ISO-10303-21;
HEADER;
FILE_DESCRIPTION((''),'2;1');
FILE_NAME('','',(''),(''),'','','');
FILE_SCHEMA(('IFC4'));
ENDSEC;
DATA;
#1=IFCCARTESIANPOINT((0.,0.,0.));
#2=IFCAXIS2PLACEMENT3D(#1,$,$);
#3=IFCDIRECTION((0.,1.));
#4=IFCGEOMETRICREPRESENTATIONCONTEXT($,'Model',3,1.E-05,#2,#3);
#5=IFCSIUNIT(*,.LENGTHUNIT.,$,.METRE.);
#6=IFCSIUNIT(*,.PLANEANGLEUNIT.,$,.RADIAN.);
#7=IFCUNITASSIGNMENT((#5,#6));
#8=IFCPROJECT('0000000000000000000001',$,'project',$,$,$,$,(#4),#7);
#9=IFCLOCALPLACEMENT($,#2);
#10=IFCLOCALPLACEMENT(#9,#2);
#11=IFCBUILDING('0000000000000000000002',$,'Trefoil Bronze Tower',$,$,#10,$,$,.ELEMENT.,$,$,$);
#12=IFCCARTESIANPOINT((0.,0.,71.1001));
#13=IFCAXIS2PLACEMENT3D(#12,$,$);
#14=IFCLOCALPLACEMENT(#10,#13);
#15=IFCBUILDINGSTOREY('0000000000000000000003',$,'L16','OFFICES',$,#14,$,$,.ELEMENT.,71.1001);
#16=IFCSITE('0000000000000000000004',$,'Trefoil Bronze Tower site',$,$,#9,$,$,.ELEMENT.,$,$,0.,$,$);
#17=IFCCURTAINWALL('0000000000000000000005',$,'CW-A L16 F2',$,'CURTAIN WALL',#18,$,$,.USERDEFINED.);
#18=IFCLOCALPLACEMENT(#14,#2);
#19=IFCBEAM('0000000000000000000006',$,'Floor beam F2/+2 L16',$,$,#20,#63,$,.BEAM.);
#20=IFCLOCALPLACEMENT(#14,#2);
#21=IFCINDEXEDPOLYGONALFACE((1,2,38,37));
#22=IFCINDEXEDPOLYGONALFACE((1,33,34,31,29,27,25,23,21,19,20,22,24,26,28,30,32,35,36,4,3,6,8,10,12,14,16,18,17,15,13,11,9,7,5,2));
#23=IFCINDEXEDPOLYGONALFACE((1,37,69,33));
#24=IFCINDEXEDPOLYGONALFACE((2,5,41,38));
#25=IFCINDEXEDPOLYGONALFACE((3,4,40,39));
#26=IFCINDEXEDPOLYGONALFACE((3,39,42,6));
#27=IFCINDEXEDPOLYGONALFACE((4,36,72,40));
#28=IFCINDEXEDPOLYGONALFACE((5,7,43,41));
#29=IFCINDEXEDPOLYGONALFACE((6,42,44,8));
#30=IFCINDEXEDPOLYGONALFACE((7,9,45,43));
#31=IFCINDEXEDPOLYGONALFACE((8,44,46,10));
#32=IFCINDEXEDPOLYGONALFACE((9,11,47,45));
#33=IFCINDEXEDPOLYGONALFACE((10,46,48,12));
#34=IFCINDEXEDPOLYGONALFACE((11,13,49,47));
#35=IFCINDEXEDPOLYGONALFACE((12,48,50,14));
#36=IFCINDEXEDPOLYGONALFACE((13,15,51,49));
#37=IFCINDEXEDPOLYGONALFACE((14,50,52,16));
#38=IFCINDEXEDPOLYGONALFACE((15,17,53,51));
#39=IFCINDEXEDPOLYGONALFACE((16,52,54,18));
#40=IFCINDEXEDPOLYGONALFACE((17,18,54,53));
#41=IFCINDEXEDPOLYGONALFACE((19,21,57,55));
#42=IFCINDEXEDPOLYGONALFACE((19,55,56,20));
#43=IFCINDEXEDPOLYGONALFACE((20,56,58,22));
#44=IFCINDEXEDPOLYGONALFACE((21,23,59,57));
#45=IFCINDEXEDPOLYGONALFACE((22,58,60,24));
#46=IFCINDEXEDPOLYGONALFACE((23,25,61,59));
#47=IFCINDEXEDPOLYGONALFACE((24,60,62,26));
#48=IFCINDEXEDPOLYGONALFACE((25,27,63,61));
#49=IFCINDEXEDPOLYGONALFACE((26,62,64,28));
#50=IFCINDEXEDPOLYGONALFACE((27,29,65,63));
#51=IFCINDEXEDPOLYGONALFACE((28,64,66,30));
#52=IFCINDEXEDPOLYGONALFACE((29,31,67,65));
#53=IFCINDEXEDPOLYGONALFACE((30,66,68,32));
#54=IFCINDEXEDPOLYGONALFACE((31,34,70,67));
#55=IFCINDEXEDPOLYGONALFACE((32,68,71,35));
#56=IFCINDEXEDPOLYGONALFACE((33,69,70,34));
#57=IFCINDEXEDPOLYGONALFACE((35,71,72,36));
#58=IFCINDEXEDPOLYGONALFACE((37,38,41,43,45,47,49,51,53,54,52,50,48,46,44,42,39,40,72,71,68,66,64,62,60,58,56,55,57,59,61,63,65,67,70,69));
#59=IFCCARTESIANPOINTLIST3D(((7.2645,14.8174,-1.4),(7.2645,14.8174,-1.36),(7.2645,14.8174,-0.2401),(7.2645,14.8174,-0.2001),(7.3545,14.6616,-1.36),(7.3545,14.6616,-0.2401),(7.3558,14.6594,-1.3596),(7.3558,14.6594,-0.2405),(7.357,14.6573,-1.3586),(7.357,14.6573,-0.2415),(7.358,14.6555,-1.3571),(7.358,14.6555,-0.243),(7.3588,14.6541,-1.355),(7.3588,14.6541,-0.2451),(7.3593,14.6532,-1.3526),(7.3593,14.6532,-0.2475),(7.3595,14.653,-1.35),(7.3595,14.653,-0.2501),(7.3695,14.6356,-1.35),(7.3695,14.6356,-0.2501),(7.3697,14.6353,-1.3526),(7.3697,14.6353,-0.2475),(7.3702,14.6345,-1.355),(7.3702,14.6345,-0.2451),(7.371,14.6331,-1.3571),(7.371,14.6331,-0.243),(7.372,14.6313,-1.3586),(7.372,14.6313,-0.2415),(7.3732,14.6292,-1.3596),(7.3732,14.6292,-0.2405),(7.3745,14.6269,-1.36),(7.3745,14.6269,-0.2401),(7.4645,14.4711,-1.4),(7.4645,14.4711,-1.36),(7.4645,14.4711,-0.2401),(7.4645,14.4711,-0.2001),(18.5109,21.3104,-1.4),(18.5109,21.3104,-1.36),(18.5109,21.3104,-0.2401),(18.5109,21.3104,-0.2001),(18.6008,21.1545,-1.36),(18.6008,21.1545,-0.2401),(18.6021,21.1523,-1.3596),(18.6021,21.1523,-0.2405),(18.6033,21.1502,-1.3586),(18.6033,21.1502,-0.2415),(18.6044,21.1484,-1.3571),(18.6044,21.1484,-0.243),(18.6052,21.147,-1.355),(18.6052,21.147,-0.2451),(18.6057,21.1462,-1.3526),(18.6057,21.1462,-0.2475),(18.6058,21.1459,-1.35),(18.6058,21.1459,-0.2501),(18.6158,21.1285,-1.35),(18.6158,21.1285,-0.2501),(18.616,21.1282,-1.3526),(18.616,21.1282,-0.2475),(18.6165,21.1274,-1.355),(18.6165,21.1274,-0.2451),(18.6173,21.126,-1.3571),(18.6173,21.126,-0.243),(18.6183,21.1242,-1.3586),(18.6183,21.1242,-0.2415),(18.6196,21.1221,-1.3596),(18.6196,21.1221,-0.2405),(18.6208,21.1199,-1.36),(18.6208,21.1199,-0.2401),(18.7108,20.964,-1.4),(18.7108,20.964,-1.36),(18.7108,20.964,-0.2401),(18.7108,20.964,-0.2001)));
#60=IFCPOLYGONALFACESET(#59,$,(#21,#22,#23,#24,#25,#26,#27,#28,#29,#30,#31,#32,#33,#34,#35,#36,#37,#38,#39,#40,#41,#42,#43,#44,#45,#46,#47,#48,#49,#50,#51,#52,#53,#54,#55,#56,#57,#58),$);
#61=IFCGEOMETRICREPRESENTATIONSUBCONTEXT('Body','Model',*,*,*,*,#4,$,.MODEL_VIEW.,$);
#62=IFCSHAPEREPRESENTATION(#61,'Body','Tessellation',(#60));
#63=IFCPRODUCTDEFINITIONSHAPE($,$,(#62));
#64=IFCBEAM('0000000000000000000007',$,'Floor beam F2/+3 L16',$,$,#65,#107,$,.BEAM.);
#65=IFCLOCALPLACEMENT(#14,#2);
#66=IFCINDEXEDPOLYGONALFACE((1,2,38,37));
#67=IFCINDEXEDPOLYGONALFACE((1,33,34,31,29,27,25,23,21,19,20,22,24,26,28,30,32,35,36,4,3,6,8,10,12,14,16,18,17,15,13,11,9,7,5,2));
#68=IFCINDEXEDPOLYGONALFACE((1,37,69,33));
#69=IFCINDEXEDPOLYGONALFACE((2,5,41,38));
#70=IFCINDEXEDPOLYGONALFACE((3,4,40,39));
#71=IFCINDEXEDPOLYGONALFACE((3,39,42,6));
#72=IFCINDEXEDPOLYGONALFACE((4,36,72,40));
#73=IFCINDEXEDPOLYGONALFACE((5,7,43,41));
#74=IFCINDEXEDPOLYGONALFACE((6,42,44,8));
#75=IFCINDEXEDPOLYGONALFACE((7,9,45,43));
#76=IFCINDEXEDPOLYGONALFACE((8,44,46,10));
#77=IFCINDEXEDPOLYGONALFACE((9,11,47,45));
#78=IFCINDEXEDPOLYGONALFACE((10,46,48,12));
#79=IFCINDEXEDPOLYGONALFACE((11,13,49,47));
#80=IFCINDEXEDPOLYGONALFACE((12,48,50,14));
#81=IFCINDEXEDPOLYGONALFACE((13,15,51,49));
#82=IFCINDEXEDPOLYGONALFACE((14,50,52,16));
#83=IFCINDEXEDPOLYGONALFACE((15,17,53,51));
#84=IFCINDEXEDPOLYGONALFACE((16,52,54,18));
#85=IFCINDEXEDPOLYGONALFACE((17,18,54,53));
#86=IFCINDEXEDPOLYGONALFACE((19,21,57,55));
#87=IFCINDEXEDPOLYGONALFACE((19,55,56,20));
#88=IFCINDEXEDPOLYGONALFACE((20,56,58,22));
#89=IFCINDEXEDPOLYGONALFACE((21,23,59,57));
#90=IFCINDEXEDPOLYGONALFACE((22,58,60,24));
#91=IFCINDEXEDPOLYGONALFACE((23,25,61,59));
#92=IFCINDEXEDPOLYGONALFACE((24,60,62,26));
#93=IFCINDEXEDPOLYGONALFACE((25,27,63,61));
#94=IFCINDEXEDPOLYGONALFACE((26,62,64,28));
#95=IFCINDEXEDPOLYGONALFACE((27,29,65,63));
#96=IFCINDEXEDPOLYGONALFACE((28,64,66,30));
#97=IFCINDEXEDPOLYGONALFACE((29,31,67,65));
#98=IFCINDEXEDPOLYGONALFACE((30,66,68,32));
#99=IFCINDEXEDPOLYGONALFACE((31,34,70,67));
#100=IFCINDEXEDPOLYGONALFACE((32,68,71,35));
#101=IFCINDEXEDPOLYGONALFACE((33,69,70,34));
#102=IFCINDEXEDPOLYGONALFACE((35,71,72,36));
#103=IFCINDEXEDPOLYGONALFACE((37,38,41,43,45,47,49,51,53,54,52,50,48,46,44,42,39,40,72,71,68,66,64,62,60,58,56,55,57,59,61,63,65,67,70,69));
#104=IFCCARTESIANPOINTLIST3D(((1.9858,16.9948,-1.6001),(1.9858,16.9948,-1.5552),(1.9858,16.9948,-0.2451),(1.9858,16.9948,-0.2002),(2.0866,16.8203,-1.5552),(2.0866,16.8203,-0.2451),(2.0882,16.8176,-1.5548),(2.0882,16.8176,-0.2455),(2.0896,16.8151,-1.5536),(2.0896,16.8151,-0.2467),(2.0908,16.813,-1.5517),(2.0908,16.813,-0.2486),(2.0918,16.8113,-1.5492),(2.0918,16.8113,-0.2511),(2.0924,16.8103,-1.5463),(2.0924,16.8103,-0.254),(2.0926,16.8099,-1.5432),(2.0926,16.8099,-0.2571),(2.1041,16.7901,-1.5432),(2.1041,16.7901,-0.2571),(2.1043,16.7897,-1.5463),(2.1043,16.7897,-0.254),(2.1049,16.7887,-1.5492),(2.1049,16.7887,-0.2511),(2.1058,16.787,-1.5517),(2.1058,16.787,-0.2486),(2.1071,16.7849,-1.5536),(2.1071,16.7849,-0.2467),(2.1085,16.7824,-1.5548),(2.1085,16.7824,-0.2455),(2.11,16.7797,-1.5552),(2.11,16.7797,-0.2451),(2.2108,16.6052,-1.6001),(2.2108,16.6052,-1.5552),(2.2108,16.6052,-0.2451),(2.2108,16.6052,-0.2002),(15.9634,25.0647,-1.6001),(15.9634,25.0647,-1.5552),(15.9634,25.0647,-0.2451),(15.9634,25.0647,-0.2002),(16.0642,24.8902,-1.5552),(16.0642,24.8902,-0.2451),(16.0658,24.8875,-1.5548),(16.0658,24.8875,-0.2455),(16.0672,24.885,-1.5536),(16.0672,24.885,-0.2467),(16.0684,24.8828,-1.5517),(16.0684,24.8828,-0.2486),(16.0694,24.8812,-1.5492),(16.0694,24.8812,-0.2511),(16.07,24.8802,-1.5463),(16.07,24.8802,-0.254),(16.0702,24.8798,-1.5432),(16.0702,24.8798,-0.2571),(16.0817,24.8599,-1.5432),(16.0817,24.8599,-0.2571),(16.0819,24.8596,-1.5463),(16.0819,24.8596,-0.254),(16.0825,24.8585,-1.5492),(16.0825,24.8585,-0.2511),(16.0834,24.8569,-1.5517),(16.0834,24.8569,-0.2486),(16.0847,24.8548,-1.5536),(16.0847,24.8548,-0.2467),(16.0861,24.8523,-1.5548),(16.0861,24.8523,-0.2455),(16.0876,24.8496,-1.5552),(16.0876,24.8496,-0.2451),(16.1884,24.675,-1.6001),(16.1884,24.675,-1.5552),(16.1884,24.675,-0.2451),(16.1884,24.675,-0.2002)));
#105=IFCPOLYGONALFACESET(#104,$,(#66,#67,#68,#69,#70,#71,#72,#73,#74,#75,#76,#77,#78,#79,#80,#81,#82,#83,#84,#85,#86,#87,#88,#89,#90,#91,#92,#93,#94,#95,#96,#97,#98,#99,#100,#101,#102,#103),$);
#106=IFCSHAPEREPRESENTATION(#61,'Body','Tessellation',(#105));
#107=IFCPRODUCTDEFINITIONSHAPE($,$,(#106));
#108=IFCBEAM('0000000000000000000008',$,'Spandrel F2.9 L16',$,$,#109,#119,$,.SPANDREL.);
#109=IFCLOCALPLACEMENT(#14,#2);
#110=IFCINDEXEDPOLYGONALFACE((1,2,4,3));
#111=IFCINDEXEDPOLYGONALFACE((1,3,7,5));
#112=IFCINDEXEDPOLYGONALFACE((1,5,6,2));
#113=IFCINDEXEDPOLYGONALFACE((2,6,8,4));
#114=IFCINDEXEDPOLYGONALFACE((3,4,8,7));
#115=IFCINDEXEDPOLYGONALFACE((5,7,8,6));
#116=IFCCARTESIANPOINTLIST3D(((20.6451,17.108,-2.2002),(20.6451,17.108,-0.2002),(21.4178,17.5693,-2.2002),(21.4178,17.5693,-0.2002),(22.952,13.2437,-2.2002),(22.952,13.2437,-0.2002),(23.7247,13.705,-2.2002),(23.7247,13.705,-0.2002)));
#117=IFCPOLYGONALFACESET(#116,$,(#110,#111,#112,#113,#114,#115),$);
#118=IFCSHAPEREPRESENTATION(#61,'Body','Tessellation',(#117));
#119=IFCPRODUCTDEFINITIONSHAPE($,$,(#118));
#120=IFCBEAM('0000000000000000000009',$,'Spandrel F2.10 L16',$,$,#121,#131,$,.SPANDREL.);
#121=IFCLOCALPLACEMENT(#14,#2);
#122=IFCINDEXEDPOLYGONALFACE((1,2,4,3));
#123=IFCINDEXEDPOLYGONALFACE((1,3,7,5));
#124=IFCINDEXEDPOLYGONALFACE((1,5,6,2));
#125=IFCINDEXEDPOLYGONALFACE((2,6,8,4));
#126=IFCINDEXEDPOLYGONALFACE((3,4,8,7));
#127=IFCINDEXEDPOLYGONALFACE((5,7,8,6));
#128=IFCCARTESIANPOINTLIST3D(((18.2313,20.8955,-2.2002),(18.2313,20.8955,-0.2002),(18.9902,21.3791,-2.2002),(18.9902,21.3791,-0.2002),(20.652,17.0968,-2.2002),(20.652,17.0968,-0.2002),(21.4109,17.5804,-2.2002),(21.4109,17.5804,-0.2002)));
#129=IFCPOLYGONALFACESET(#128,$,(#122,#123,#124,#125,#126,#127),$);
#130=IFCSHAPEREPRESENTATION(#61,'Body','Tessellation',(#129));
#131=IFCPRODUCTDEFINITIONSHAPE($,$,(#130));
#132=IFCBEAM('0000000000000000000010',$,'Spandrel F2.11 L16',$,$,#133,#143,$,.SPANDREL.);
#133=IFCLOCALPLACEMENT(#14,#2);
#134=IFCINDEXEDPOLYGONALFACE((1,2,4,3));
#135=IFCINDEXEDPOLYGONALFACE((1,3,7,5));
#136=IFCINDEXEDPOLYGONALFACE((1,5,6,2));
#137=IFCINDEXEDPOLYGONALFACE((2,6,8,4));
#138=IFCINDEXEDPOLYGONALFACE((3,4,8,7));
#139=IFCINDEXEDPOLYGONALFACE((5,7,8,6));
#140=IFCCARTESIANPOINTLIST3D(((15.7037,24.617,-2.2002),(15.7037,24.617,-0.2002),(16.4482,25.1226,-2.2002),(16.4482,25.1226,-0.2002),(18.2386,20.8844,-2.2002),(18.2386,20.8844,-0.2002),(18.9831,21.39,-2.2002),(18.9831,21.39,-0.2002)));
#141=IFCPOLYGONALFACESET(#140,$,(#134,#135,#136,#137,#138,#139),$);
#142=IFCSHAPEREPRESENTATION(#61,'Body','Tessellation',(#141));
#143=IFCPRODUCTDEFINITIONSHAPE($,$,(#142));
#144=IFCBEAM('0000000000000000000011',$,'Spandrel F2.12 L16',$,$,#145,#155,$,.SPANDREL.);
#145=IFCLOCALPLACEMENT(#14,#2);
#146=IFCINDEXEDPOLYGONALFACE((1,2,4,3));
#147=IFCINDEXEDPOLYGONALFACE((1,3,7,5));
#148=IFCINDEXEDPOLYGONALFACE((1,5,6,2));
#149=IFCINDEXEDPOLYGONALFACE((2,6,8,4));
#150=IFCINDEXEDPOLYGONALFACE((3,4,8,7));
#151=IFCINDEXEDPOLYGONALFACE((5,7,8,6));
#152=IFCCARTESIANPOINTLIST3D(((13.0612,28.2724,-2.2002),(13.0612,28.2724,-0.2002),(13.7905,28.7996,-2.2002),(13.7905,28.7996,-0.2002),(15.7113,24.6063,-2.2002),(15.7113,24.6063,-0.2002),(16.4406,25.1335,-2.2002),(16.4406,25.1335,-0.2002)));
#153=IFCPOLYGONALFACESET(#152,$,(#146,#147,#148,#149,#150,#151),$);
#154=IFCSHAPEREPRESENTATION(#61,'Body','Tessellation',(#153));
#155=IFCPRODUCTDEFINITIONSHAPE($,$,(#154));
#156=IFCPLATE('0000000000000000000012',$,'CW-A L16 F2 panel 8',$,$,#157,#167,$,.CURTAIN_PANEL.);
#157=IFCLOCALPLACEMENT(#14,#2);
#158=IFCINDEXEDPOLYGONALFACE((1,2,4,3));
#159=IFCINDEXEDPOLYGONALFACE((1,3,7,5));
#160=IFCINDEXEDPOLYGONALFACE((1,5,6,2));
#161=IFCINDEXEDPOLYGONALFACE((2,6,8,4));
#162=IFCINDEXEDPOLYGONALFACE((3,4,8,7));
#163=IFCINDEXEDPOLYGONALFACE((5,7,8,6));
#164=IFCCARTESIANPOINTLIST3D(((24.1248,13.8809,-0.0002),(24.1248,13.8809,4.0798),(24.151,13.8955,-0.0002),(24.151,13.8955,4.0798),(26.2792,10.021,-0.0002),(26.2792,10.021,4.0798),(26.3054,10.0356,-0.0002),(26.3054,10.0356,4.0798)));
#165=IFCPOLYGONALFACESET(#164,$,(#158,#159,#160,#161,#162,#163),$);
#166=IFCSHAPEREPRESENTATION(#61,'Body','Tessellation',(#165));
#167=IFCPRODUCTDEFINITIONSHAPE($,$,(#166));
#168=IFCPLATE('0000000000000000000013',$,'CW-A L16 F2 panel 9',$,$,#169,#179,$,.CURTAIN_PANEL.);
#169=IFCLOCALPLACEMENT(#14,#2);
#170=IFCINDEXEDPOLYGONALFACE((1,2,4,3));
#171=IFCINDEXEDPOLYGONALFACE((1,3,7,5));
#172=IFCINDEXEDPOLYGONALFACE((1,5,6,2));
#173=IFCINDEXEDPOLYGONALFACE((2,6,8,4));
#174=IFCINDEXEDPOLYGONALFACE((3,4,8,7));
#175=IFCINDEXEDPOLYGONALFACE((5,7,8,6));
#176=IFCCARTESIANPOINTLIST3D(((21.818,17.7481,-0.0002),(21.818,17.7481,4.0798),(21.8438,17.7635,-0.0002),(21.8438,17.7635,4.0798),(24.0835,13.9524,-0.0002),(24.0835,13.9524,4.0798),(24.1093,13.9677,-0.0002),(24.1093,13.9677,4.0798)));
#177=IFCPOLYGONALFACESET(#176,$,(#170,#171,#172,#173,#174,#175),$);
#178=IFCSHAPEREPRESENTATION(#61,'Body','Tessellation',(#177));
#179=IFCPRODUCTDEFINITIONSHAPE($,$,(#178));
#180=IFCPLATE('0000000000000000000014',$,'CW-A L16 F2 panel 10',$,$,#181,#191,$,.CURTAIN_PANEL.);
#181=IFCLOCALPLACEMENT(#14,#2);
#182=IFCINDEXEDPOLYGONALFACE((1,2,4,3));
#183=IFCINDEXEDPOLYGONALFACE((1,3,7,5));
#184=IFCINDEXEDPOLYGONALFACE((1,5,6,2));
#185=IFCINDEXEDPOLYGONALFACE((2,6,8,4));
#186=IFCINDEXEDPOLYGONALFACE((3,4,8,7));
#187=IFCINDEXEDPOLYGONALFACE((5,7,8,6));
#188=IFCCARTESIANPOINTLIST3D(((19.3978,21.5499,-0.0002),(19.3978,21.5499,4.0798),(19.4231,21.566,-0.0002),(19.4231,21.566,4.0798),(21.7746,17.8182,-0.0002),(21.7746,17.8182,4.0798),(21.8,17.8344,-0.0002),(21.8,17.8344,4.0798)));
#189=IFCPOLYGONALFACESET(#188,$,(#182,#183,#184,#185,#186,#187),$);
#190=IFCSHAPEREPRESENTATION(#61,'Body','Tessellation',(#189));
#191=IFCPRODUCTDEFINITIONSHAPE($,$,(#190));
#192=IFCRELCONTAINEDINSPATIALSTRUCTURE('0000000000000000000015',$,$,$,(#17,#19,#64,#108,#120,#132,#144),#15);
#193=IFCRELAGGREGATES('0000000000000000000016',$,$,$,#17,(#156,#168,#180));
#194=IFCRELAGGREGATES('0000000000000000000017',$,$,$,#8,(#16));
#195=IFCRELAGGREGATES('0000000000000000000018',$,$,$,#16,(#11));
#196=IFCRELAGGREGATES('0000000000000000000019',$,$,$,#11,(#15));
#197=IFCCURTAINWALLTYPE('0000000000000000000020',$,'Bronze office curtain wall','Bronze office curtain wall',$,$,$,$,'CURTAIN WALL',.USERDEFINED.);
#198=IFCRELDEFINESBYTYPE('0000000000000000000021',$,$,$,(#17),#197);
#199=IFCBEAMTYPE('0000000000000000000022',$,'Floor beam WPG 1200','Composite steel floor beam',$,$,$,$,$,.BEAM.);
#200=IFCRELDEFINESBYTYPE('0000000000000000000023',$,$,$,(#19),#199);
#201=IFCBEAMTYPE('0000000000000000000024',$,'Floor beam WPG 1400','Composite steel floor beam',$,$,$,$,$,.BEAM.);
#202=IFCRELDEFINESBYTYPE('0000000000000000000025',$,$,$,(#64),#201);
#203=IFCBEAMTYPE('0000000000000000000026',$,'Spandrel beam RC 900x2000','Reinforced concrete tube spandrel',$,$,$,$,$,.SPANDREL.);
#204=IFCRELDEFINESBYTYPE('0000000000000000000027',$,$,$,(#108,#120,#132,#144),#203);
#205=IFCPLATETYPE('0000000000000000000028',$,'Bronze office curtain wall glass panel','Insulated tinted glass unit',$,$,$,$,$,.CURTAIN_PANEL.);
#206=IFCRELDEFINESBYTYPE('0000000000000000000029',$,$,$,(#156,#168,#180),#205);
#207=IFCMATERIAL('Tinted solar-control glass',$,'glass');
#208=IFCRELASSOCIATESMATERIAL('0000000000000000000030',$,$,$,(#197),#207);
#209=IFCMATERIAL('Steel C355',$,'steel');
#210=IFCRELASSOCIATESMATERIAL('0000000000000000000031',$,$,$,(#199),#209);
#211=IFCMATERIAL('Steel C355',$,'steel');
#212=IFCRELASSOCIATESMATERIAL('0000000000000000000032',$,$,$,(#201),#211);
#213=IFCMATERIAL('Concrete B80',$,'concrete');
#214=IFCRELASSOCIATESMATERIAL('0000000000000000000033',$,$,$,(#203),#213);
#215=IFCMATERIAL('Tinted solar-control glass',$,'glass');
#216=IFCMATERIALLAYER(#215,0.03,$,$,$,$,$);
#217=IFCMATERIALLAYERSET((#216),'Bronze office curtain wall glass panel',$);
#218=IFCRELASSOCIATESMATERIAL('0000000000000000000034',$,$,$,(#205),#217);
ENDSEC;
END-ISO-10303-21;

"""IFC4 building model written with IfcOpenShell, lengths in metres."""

from ifc_helpers import new_model, si_unit, direction, frame, origin, origin_2d, place, context, subcontext, project, spatial, rectangle, i_section, extrude, material, layer, layer_set, material_profile, profile_set, type_object, element, aggregate, save


model = new_model("IFC4")

# Units and contexts
model_context = context("Model", 3, precision=1e-05, world=origin(), true_north=direction((0.0, 1.0)))
body_context = subcontext(model_context, "Body", "Model", "MODEL_VIEW")
ifc_project = project(units=[si_unit("LENGTHUNIT", "METRE"), si_unit("PLANEANGLEUNIT", "RADIAN")], contexts=[model_context])

# Site, building, storey
site_placement = place(None, origin())
site = spatial("IfcSite", under=ifc_project, at=site_placement, Name="Trefoil Bronze Tower site", CompositionType="ELEMENT", RefElevation=0.0)
building_placement = place(site_placement, origin())
building = spatial("IfcBuilding", under=site, at=building_placement, Name="Trefoil Bronze Tower", CompositionType="ELEMENT")
storey_placement = place(building_placement, frame((0.0, 0.0, 71.1001)))
storey = spatial("IfcBuildingStorey", under=building, at=storey_placement, Name="L16", Description="OFFICES", CompositionType="ELEMENT", Elevation=71.1001)

# Curtain wall
ifc_material_1 = material(Name="Tinted solar-control glass", Category="glass")
curtain_wall_type = type_object("IfcCurtainWallType", Name="Bronze office curtain wall", Description="Bronze office curtain wall", ElementType="CURTAIN WALL", PredefinedType="USERDEFINED", material=ifc_material_1)
curtain_wall_placement = place(storey_placement, origin())
curtain_wall = element("IfcCurtainWall", 1, at=curtain_wall_placement, inside=storey, type_object=curtain_wall_type, Name="CW-A L16 F2", ObjectType="CURTAIN WALL", PredefinedType="USERDEFINED")

# Beams
ifc_material_2 = material(Name="Steel C355", Category="steel")
ifc_material_profile_1 = material_profile(ifc_material_2, i_section(OverallWidth=0.3999, OverallDepth=1.2, WebThickness=0.02, FlangeThickness=0.04, FilletRadius=0.01, at=origin_2d()), Name="WPG 1200")
ifc_profile_set_1 = profile_set([ifc_material_profile_1], Name="Steel C355")
beam_type_1 = type_object("IfcBeamType", Name="Floor beam WPG 1200", Description="Composite steel floor beam", PredefinedType="BEAM", material=ifc_profile_set_1)
beam_1_placement = place(storey_placement, frame((18.6108, 21.1372, -0.8), z_axis=(-0.866031, -0.499991, 0.0), x_axis=(0.499991, -0.866031, 0.0)))
element("IfcBeam", 2, at=beam_1_placement, inside=storey, type_object=beam_type_1, Name="Floor beam F2/+2 L16", PredefinedType="BEAM", context=body_context, shape_type="SweptSolid", body=[
    extrude(i_section(OverallWidth=0.3999, OverallDepth=1.2, WebThickness=0.02, FlangeThickness=0.04, FilletRadius=0.01, at=origin_2d()), origin(), (0.0, 0.0, 1.0), 12.9861),
])
ifc_material_3 = material(Name="Steel C355", Category="steel")
ifc_material_profile_2 = material_profile(ifc_material_3, i_section(OverallWidth=0.45, OverallDepth=1.3999, WebThickness=0.0229, FlangeThickness=0.0449, FilletRadius=0.012, at=origin_2d()), Name="WPG 1400")
ifc_profile_set_2 = profile_set([ifc_material_profile_2], Name="Steel C355")
beam_type_2 = type_object("IfcBeamType", Name="Floor beam WPG 1400", Description="Composite steel floor beam", PredefinedType="BEAM", material=ifc_profile_set_2)
beam_2_placement = place(storey_placement, frame((16.0759, 24.8699, -0.9001), z_axis=(-0.866028, -0.499995, 0.0), x_axis=(0.499995, -0.866028, 0.0)))
element("IfcBeam", 3, at=beam_2_placement, inside=storey, type_object=beam_type_2, Name="Floor beam F2/+3 L16", PredefinedType="BEAM", context=body_context, shape_type="SweptSolid", body=[
    extrude(i_section(OverallWidth=0.45, OverallDepth=1.3999, WebThickness=0.0229, FlangeThickness=0.0449, FilletRadius=0.012, at=origin_2d()), origin(), (0.0, 0.0, 1.0), 16.1399),
])
ifc_material_4 = material(Name="Concrete B80", Category="concrete")
ifc_material_profile_3 = material_profile(ifc_material_4, rectangle(XDim=0.8999, YDim=2.0, at=origin_2d()), Name="RC 900x2000")
ifc_profile_set_3 = profile_set([ifc_material_profile_3], Name="Concrete B80")
beam_type_3 = type_object("IfcBeamType", Name="Spandrel beam RC 900x2000", Description="Reinforced concrete tube spandrel", PredefinedType="SPANDREL", material=ifc_profile_set_3)
beam_3_placement = place(storey_placement, frame((23.3384, 13.4744, -1.2002), z_axis=(-0.512588, 0.858635, 0.0), x_axis=(-0.858635, -0.512588, 0.0)))
element("IfcBeam", 4, at=beam_3_placement, inside=storey, type_object=beam_type_3, Name="Spandrel F2.9 L16", PredefinedType="SPANDREL", context=body_context, shape_type="SweptSolid", body=[
    extrude(rectangle(XDim=0.8999, YDim=2.0, at=origin_2d()), origin(), (0.0, 0.0, 1.0), 4.5005),
])
beam_4_placement = place(storey_placement, frame((21.0315, 17.3386, -1.2002), z_axis=(-0.537408, 0.843322, 0.0), x_axis=(-0.843322, -0.537408, 0.0)))
element("IfcBeam", 5, at=beam_4_placement, inside=storey, type_object=beam_type_3, Name="Spandrel F2.10 L16", PredefinedType="SPANDREL", context=body_context, shape_type="SweptSolid", body=[
    extrude(rectangle(XDim=0.8999, YDim=2.0, at=origin_2d()), origin(), (0.0, 0.0, 1.0), 4.5044),
])
beam_5_placement = place(storey_placement, frame((18.6108, 21.1372, -1.2002), z_axis=(-0.56181, 0.827267, 0.0), x_axis=(-0.827267, -0.56181, 0.0)))
element("IfcBeam", 6, at=beam_5_placement, inside=storey, type_object=beam_type_3, Name="Spandrel F2.11 L16", PredefinedType="SPANDREL", context=body_context, shape_type="SweptSolid", body=[
    extrude(rectangle(XDim=0.8999, YDim=2.0, at=origin_2d()), origin(), (0.0, 0.0, 1.0), 4.512),
])
beam_6_placement = place(storey_placement, frame((16.0759, 24.8699, -1.2002), z_axis=(-0.585824, 0.810439, 0.0), x_axis=(-0.810439, -0.585824, 0.0)))
element("IfcBeam", 7, at=beam_6_placement, inside=storey, type_object=beam_type_3, Name="Spandrel F2.12 L16", PredefinedType="SPANDREL", context=body_context, shape_type="SweptSolid", body=[
    extrude(rectangle(XDim=0.8999, YDim=2.0, at=origin_2d()), origin(), (0.0, 0.0, 1.0), 4.5237),
])

# Plates
ifc_material_5 = material(Name="Tinted solar-control glass", Category="glass")
ifc_layer_1 = layer(ifc_material_5, 0.03)
ifc_layer_set_1 = layer_set([ifc_layer_1], Name="Bronze office curtain wall glass panel")
plate_type = type_object("IfcPlateType", Name="Bronze office curtain wall glass panel", Description="Insulated tinted glass unit", PredefinedType="CURTAIN_PANEL", material=ifc_layer_set_1)
plate_1_placement = place(storey_placement, frame((25.2151, 11.9583, -0.0002), z_axis=(0.0, 0.0, 1.0), x_axis=(-0.487382, 0.873189, 0.0)))
plate_1 = element("IfcPlate", 8, at=plate_1_placement, type_object=plate_type, Name="CW-A L16 F2 panel 8", PredefinedType="CURTAIN_PANEL", context=body_context, shape_type="SweptSolid", body=[
    extrude(rectangle(XDim=4.4204, YDim=0.03, at=origin_2d()), origin(), (0.0, 0.0, 1.0), 4.0801),
])
plate_2_placement = place(storey_placement, frame((22.9636, 15.8579, -0.0002), z_axis=(0.0, 0.0, 1.0), x_axis=(-0.512513, 0.85868, 0.0)))
plate_2 = element("IfcPlate", 9, at=plate_2_placement, type_object=plate_type, Name="CW-A L16 F2 panel 9", PredefinedType="CURTAIN_PANEL", context=body_context, shape_type="SweptSolid", body=[
    extrude(rectangle(XDim=4.4204, YDim=0.03, at=origin_2d()), origin(), (0.0, 0.0, 1.0), 4.0801),
])
plate_3_placement = place(storey_placement, frame((20.5989, 19.6921, -0.0002), z_axis=(0.0, 0.0, 1.0), x_axis=(-0.537222, 0.843441, 0.0)))
plate_3 = element("IfcPlate", 10, at=plate_3_placement, type_object=plate_type, Name="CW-A L16 F2 panel 10", PredefinedType="CURTAIN_PANEL", context=body_context, shape_type="SweptSolid", body=[
    extrude(rectangle(XDim=4.4243, YDim=0.03, at=origin_2d()), origin(), (0.0, 0.0, 1.0), 4.0801),
])
aggregate(curtain_wall, [plate_1, plate_2, plate_3])

save(model, "model.ifc")
